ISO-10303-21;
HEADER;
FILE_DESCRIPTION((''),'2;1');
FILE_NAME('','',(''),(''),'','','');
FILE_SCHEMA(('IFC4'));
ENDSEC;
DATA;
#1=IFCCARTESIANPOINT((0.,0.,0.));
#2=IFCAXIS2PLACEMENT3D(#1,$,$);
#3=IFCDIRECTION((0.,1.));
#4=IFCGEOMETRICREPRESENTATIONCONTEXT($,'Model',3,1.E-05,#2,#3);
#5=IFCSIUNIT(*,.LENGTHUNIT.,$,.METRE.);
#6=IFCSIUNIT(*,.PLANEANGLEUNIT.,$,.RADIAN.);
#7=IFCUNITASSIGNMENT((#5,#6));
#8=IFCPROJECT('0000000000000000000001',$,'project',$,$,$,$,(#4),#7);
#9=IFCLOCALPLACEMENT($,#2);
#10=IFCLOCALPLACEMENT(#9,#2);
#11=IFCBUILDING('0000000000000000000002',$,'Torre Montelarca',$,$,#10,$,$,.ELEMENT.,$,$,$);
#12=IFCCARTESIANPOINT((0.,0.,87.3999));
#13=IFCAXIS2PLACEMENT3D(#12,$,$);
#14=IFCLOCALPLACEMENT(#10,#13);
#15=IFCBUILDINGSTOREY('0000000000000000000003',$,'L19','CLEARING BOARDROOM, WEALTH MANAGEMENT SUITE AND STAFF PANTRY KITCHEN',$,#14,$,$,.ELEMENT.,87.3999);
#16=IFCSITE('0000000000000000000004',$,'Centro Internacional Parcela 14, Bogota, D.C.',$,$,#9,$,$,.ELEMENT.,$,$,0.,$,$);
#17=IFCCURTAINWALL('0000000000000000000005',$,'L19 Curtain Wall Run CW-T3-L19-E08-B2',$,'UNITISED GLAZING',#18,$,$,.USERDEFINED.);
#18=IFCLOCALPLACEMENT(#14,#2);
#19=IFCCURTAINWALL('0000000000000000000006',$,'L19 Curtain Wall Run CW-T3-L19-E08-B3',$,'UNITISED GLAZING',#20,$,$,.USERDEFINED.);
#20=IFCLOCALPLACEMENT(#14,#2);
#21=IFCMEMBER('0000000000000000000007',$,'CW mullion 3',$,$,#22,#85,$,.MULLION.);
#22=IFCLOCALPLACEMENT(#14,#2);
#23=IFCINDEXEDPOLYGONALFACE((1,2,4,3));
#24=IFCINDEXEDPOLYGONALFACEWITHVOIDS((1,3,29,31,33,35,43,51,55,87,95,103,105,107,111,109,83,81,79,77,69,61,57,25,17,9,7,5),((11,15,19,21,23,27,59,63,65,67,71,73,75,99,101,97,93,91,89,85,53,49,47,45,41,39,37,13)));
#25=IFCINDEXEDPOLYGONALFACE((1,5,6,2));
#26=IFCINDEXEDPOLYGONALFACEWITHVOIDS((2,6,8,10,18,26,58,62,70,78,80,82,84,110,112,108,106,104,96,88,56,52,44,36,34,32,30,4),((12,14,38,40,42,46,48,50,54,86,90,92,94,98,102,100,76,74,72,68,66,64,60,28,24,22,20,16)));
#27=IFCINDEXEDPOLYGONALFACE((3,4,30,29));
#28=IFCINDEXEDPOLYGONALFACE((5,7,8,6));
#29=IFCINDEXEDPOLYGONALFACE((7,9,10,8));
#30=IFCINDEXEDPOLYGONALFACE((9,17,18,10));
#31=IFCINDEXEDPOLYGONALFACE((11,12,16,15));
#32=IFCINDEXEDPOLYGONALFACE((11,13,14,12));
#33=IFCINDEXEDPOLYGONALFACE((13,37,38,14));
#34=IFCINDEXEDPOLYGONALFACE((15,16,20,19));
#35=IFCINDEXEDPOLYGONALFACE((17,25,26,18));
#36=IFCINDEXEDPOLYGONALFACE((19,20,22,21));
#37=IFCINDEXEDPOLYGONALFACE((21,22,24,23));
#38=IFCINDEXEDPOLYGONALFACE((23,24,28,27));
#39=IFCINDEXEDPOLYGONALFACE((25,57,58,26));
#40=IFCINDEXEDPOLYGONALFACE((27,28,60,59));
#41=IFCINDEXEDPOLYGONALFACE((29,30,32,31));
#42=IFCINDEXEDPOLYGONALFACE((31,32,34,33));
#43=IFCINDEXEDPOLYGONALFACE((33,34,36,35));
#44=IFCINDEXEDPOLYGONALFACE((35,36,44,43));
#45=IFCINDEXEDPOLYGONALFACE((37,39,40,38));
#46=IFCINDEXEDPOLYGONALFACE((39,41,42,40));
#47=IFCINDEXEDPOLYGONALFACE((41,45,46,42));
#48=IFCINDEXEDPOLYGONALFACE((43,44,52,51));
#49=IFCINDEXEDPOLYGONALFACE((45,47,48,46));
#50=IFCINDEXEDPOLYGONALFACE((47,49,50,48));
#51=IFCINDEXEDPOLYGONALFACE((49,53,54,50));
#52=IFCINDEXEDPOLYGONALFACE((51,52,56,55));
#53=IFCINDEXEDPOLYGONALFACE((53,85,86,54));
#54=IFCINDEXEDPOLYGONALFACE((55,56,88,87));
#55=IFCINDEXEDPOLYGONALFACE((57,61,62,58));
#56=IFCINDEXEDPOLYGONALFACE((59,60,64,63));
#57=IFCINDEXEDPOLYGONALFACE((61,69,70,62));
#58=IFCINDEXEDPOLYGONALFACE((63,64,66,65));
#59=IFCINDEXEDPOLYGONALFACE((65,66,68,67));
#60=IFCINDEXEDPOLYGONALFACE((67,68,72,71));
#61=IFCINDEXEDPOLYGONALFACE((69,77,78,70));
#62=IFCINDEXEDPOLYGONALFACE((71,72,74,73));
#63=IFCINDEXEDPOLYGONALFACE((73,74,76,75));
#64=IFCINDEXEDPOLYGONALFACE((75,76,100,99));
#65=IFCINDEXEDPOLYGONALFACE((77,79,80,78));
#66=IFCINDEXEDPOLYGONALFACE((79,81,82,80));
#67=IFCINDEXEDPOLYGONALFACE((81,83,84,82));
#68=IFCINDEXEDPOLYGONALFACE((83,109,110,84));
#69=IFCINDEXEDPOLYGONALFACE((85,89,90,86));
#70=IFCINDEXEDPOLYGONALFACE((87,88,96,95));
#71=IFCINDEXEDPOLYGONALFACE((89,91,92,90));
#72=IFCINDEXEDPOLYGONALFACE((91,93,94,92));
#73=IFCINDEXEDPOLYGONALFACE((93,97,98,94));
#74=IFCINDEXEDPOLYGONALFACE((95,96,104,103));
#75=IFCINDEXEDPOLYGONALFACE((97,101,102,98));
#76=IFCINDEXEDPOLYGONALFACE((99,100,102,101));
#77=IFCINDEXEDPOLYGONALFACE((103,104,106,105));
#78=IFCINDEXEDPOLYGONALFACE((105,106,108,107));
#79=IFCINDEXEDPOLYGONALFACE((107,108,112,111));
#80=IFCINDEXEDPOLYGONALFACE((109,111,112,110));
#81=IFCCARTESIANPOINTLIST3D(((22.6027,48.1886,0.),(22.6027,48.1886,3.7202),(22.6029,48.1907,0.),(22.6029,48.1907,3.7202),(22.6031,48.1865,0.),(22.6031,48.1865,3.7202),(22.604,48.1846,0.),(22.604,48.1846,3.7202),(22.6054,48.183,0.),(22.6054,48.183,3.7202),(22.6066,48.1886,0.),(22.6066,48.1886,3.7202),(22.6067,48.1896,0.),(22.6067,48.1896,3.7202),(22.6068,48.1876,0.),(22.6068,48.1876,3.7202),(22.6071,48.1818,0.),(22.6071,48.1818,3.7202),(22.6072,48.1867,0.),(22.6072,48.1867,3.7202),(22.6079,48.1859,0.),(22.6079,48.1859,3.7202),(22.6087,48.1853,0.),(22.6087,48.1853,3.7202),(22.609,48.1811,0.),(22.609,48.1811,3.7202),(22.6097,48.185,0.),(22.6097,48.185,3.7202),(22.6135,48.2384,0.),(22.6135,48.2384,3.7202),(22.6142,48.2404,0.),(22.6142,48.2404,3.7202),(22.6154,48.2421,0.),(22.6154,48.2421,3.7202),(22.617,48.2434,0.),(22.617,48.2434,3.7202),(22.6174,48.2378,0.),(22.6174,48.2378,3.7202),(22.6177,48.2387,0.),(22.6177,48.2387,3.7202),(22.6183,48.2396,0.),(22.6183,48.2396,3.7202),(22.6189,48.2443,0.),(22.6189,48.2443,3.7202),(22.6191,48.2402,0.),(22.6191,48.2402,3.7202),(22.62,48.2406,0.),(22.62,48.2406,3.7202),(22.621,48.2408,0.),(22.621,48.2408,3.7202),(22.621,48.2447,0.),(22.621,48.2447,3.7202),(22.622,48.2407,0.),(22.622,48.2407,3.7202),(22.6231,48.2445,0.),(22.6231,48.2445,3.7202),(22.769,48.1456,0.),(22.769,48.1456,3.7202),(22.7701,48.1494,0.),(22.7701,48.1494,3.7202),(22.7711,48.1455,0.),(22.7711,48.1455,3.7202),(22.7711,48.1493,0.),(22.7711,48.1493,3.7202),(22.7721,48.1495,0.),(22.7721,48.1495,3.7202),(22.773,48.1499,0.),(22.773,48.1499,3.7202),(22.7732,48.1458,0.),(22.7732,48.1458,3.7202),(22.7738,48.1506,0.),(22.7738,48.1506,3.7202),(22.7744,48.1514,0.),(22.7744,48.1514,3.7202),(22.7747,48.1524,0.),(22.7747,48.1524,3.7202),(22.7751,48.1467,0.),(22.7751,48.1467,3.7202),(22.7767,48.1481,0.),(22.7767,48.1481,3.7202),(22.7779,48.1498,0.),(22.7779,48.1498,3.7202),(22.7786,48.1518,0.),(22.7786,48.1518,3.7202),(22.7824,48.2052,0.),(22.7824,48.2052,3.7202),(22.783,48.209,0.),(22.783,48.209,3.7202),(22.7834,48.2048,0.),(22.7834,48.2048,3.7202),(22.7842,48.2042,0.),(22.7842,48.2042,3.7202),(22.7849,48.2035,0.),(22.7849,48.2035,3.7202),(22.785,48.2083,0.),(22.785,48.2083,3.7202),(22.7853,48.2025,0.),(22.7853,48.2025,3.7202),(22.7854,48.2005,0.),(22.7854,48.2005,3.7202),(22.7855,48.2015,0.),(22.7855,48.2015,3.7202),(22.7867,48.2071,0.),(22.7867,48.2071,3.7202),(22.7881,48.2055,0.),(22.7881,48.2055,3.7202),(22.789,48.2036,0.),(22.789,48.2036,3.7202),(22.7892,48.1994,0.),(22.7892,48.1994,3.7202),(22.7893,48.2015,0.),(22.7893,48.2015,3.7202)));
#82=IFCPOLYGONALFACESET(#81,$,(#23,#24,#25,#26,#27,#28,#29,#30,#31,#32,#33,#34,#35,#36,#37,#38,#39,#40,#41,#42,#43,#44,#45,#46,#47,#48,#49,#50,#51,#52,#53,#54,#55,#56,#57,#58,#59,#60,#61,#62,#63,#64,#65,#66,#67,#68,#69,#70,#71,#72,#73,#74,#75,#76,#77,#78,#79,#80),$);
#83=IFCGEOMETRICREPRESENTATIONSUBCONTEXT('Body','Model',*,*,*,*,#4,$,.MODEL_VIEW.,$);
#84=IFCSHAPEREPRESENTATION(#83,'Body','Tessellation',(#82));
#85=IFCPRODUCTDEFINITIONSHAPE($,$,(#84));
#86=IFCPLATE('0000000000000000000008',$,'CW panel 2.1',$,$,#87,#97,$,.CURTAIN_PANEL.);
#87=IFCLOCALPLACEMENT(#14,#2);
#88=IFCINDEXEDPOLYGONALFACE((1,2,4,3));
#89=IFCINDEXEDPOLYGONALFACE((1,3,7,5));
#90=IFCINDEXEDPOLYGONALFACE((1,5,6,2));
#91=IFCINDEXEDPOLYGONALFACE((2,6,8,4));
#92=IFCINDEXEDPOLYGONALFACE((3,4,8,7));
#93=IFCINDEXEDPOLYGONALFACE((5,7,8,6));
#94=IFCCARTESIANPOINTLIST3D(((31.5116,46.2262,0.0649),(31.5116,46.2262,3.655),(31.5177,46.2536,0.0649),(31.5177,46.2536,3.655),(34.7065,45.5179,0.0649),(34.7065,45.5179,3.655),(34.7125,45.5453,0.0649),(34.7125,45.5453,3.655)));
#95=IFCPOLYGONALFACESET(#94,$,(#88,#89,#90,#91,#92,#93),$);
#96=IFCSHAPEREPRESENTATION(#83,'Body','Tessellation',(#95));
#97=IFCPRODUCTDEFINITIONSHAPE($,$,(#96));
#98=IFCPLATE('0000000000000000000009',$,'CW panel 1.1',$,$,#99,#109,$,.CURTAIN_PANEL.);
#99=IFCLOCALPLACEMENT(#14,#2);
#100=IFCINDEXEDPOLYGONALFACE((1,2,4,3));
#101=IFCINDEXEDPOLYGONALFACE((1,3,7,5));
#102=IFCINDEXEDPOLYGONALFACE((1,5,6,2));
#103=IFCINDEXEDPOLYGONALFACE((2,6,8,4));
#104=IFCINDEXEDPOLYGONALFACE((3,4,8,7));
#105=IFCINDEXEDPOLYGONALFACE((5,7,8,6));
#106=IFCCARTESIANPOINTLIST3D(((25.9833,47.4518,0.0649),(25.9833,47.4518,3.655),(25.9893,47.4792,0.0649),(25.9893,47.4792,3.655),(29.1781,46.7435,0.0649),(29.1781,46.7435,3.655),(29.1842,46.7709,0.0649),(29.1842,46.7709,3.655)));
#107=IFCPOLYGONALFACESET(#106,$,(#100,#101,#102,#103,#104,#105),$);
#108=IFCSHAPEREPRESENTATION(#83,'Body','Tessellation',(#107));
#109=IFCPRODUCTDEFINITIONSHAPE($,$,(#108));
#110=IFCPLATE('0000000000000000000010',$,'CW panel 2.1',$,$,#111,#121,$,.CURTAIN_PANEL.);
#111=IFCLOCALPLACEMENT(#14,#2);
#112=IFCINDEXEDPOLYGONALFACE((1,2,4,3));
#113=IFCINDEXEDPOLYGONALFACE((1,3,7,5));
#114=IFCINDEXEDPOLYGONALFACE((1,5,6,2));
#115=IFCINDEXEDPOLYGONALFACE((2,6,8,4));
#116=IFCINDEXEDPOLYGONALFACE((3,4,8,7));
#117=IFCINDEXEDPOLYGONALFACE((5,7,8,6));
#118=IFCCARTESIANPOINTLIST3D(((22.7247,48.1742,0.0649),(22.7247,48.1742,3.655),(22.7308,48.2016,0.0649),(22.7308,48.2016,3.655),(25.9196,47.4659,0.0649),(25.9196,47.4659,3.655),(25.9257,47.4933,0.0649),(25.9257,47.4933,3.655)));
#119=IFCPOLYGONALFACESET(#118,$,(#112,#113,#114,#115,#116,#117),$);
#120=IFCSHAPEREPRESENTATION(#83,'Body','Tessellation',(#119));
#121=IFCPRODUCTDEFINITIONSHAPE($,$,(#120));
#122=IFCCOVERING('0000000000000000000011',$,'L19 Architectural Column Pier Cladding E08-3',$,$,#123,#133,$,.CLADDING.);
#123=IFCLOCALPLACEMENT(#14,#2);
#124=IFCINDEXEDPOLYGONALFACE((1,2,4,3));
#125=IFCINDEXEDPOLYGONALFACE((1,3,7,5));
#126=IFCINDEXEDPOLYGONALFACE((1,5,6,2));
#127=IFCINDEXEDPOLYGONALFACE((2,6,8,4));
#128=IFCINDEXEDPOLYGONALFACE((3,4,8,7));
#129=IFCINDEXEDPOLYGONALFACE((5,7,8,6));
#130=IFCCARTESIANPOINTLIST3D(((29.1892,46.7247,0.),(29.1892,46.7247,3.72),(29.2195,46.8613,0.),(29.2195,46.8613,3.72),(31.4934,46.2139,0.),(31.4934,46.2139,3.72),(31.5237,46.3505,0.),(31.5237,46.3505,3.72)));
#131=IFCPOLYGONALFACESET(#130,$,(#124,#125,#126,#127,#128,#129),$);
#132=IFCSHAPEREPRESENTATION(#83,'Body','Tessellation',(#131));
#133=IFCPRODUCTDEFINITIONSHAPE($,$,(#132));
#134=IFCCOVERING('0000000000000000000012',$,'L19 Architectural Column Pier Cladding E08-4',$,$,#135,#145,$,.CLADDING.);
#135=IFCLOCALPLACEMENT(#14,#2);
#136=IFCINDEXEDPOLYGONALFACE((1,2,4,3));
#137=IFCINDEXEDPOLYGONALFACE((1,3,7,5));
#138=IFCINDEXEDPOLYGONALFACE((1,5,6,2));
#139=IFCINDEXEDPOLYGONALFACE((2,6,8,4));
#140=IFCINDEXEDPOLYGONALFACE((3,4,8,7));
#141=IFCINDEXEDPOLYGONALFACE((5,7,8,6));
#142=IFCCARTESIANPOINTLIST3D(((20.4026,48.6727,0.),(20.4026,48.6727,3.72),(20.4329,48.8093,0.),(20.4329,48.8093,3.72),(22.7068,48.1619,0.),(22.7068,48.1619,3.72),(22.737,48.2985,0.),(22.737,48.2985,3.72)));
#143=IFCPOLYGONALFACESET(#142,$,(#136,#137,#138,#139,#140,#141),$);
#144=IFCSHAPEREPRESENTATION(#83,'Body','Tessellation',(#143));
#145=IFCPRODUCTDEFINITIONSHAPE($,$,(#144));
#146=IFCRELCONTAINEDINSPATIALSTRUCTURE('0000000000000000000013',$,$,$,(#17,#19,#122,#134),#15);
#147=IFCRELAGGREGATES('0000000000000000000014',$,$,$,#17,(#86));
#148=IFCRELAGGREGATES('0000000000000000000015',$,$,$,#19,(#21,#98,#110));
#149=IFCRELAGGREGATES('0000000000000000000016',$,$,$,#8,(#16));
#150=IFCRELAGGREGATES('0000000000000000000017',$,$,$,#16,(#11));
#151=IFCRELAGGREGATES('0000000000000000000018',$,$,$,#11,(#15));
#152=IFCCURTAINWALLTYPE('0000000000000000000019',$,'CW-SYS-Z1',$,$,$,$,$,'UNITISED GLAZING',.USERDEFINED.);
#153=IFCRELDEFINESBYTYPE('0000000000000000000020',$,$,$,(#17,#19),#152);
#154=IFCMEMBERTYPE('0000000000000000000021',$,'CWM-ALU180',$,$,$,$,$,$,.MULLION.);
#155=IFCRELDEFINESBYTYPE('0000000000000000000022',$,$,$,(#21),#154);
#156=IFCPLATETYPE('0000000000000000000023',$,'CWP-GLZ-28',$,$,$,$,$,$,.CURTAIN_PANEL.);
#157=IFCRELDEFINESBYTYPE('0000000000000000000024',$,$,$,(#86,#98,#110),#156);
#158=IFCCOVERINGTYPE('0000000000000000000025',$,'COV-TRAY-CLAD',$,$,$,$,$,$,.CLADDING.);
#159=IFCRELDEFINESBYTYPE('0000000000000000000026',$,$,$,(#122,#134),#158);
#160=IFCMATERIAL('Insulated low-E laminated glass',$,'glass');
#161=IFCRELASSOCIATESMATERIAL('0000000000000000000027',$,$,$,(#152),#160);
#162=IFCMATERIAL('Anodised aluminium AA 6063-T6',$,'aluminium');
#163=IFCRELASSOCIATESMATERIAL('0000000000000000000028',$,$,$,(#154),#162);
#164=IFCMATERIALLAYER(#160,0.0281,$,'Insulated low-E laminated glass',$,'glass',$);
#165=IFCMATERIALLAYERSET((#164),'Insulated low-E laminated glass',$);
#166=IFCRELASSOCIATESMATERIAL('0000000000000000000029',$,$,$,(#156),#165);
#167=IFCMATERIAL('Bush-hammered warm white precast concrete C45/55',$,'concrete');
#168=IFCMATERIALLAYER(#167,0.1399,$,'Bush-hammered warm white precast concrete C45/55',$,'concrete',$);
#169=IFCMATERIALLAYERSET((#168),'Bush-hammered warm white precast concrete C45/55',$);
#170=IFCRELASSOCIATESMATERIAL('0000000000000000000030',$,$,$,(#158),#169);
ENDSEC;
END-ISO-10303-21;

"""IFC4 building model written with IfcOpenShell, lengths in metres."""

from ifc_helpers import new_model, si_unit, direction, frame, origin, origin_2d, place, context, subcontext, project, spatial, rectangle, hollow_rectangle, extrude, source, transform, mapped, material, layer, layer_set, material_profile, profile_set, type_object, element, aggregate, save


model = new_model("IFC4")

# Units and contexts
model_context = context("Model", 3, precision=1e-05, world=origin(), true_north=direction((0.0, 1.0)))
body_context = subcontext(model_context, "Body", "Model", "MODEL_VIEW")
ifc_project = project(units=[si_unit("LENGTHUNIT", "METRE"), si_unit("PLANEANGLEUNIT", "RADIAN")], contexts=[model_context])

# Site, building, storey
site_placement = place(None, origin())
site = spatial("IfcSite", under=ifc_project, at=site_placement, Name="Centro Internacional Parcela 14, Bogota, D.C.", CompositionType="ELEMENT", RefElevation=0.0)
building_placement = place(site_placement, origin())
building = spatial("IfcBuilding", under=site, at=building_placement, Name="Torre Montelarca", CompositionType="ELEMENT")
storey_placement = place(building_placement, frame((0.0, 0.0, 87.3999)))
storey = spatial("IfcBuildingStorey", under=building, at=storey_placement, Name="L19", Description="CLEARING BOARDROOM, WEALTH MANAGEMENT SUITE AND STAFF PANTRY KITCHEN", CompositionType="ELEMENT", Elevation=87.3999)

# Curtain walls
ifc_material_1 = material(Name="Insulated low-E laminated glass", Category="glass")
curtain_wall_type = type_object("IfcCurtainWallType", Name="CW-SYS-Z1", ElementType="UNITISED GLAZING", PredefinedType="USERDEFINED", material=ifc_material_1)
curtain_wall_1_placement = place(storey_placement, origin())
curtain_wall_1 = element("IfcCurtainWall", 1, at=curtain_wall_1_placement, inside=storey, type_object=curtain_wall_type, Name="L19 Curtain Wall Run CW-T3-L19-E08-B2", ObjectType="UNITISED GLAZING", PredefinedType="USERDEFINED")
ifc_material_2 = material(Name="Anodised aluminium AA 6063-T6", Category="aluminium")
curtain_wall_2_placement = place(storey_placement, origin())
curtain_wall_2 = element("IfcCurtainWall", 2, at=curtain_wall_2_placement, inside=storey, type_object=curtain_wall_type, Name="L19 Curtain Wall Run CW-T3-L19-E08-B3", ObjectType="UNITISED GLAZING", PredefinedType="USERDEFINED")

# Member
ifc_material_profile_1 = material_profile(ifc_material_2, hollow_rectangle(XDim=0.0649, YDim=0.1799, WallThickness=0.0039, InnerFilletRadius=0.0039, OuterFilletRadius=0.0081, at=origin_2d()), Name="ALU65X180X4", Category="aluminium")
ifc_profile_set_1 = profile_set([ifc_material_profile_1], Name="Anodised aluminium AA 6063-T6")
member_type_1 = type_object("IfcMemberType", Name="CWM-ALU180", PredefinedType="MULLION", material=ifc_profile_set_1)
shared_shape_1 = source(origin(), body_context, "Body", "SweptSolid", [
    extrude(hollow_rectangle(XDim=0.0649, YDim=0.1799, WallThickness=0.0039, InnerFilletRadius=0.0039, OuterFilletRadius=0.0081, at=origin_2d()), origin(), (0.0, 0.0, 1.0), 3.7202),
])
member_1_placement = place(storey_placement, frame((22.696, 48.1951, 0.0), z_axis=(0.0, 0.0, 1.0), x_axis=(-0.216437, -0.976297, 0.0)))
member_1 = element("IfcMember", 3, at=member_1_placement, type_object=member_type_1, Name="CW mullion 3", PredefinedType="MULLION", context=body_context, shape_type="MappedRepresentation", body=[
    mapped(shared_shape_1, transform((0.0, 0.0, 0.0), scale=1.0)),
])

# Plates
ifc_layer_1 = layer(ifc_material_1, 0.0281, Name="Insulated low-E laminated glass", Category="glass")
ifc_layer_set_1 = layer_set([ifc_layer_1], Name="Insulated low-E laminated glass")
plate_type = type_object("IfcPlateType", Name="CWP-GLZ-28", PredefinedType="CURTAIN_PANEL", material=ifc_layer_set_1)
shared_shape_2 = source(origin(), body_context, "Body", "SweptSolid", [
    extrude(rectangle(XDim=3.2725, YDim=0.0281, at=origin_2d()), origin(), (0.0, 0.0, 1.0), 3.5901),
])
plate_1_placement = place(storey_placement, frame((33.1121, 45.8857, 0.0649), z_axis=(0.0, 0.0, 1.0), x_axis=(-0.976297, 0.216437, 0.0)))
plate_1 = element("IfcPlate", 4, at=plate_1_placement, type_object=plate_type, Name="CW panel 2.1", PredefinedType="CURTAIN_PANEL", context=body_context, shape_type="MappedRepresentation", body=[
    mapped(shared_shape_2, transform((0.0, 0.0, 0.0), scale=1.0)),
])
aggregate(curtain_wall_1, [plate_1])
plate_2_placement = place(storey_placement, frame((27.5837, 47.1113, 0.0649), z_axis=(0.0, 0.0, 1.0), x_axis=(-0.976297, 0.216437, 0.0)))
plate_2 = element("IfcPlate", 5, at=plate_2_placement, type_object=plate_type, Name="CW panel 1.1", PredefinedType="CURTAIN_PANEL", context=body_context, shape_type="MappedRepresentation", body=[
    mapped(shared_shape_2, transform((0.0, 0.0, 0.0), scale=1.0)),
])
plate_3_placement = place(storey_placement, frame((24.3252, 47.8337, 0.0649), z_axis=(0.0, 0.0, 1.0), x_axis=(-0.976297, 0.216437, 0.0)))
plate_3 = element("IfcPlate", 6, at=plate_3_placement, type_object=plate_type, Name="CW panel 2.1", PredefinedType="CURTAIN_PANEL", context=body_context, shape_type="MappedRepresentation", body=[
    mapped(shared_shape_2, transform((0.0, 0.0, 0.0), scale=1.0)),
])
aggregate(curtain_wall_2, [member_1, plate_2, plate_3])

# Coverings
ifc_material_3 = material(Name="Bush-hammered warm white precast concrete C45/55", Category="concrete")
ifc_layer_2 = layer(ifc_material_3, 0.1399, Name="Bush-hammered warm white precast concrete C45/55", Category="concrete")
ifc_layer_set_2 = layer_set([ifc_layer_2], Name="Bush-hammered warm white precast concrete C45/55")
covering_type = type_object("IfcCoveringType", Name="COV-TRAY-CLAD", PredefinedType="CLADDING", material=ifc_layer_set_2)
shared_shape_3 = source(origin(), body_context, "Body", "SweptSolid", [
    extrude(rectangle(XDim=2.3601, YDim=0.1399, at=origin_2d()), origin(), (0.0, 0.0, 1.0), 3.72),
])
for number, where, z_axis, x_axis, name in (
    (7, (30.3564, 46.5376, 0.0), (0.0, 0.0, 1.0), (-0.976296, 0.21644, 0.0), "L19 Architectural Column Pier Cladding E08-3"),
    (8, (21.5698, 48.4856, 0.0), (0.0, 0.0, 1.0), (-0.976296, 0.21644, 0.0), "L19 Architectural Column Pier Cladding E08-4"),
):
    element("IfcCovering", number, at=place(storey_placement, frame(where, z_axis=z_axis, x_axis=x_axis)), inside=storey, type_object=covering_type, Name=name, PredefinedType="CLADDING", context=body_context, shape_type="MappedRepresentation", body=[
        mapped(shared_shape_3, transform((0.0, 0.0, 0.0), scale=1.0)),
    ])

save(model, "model.ifc")
